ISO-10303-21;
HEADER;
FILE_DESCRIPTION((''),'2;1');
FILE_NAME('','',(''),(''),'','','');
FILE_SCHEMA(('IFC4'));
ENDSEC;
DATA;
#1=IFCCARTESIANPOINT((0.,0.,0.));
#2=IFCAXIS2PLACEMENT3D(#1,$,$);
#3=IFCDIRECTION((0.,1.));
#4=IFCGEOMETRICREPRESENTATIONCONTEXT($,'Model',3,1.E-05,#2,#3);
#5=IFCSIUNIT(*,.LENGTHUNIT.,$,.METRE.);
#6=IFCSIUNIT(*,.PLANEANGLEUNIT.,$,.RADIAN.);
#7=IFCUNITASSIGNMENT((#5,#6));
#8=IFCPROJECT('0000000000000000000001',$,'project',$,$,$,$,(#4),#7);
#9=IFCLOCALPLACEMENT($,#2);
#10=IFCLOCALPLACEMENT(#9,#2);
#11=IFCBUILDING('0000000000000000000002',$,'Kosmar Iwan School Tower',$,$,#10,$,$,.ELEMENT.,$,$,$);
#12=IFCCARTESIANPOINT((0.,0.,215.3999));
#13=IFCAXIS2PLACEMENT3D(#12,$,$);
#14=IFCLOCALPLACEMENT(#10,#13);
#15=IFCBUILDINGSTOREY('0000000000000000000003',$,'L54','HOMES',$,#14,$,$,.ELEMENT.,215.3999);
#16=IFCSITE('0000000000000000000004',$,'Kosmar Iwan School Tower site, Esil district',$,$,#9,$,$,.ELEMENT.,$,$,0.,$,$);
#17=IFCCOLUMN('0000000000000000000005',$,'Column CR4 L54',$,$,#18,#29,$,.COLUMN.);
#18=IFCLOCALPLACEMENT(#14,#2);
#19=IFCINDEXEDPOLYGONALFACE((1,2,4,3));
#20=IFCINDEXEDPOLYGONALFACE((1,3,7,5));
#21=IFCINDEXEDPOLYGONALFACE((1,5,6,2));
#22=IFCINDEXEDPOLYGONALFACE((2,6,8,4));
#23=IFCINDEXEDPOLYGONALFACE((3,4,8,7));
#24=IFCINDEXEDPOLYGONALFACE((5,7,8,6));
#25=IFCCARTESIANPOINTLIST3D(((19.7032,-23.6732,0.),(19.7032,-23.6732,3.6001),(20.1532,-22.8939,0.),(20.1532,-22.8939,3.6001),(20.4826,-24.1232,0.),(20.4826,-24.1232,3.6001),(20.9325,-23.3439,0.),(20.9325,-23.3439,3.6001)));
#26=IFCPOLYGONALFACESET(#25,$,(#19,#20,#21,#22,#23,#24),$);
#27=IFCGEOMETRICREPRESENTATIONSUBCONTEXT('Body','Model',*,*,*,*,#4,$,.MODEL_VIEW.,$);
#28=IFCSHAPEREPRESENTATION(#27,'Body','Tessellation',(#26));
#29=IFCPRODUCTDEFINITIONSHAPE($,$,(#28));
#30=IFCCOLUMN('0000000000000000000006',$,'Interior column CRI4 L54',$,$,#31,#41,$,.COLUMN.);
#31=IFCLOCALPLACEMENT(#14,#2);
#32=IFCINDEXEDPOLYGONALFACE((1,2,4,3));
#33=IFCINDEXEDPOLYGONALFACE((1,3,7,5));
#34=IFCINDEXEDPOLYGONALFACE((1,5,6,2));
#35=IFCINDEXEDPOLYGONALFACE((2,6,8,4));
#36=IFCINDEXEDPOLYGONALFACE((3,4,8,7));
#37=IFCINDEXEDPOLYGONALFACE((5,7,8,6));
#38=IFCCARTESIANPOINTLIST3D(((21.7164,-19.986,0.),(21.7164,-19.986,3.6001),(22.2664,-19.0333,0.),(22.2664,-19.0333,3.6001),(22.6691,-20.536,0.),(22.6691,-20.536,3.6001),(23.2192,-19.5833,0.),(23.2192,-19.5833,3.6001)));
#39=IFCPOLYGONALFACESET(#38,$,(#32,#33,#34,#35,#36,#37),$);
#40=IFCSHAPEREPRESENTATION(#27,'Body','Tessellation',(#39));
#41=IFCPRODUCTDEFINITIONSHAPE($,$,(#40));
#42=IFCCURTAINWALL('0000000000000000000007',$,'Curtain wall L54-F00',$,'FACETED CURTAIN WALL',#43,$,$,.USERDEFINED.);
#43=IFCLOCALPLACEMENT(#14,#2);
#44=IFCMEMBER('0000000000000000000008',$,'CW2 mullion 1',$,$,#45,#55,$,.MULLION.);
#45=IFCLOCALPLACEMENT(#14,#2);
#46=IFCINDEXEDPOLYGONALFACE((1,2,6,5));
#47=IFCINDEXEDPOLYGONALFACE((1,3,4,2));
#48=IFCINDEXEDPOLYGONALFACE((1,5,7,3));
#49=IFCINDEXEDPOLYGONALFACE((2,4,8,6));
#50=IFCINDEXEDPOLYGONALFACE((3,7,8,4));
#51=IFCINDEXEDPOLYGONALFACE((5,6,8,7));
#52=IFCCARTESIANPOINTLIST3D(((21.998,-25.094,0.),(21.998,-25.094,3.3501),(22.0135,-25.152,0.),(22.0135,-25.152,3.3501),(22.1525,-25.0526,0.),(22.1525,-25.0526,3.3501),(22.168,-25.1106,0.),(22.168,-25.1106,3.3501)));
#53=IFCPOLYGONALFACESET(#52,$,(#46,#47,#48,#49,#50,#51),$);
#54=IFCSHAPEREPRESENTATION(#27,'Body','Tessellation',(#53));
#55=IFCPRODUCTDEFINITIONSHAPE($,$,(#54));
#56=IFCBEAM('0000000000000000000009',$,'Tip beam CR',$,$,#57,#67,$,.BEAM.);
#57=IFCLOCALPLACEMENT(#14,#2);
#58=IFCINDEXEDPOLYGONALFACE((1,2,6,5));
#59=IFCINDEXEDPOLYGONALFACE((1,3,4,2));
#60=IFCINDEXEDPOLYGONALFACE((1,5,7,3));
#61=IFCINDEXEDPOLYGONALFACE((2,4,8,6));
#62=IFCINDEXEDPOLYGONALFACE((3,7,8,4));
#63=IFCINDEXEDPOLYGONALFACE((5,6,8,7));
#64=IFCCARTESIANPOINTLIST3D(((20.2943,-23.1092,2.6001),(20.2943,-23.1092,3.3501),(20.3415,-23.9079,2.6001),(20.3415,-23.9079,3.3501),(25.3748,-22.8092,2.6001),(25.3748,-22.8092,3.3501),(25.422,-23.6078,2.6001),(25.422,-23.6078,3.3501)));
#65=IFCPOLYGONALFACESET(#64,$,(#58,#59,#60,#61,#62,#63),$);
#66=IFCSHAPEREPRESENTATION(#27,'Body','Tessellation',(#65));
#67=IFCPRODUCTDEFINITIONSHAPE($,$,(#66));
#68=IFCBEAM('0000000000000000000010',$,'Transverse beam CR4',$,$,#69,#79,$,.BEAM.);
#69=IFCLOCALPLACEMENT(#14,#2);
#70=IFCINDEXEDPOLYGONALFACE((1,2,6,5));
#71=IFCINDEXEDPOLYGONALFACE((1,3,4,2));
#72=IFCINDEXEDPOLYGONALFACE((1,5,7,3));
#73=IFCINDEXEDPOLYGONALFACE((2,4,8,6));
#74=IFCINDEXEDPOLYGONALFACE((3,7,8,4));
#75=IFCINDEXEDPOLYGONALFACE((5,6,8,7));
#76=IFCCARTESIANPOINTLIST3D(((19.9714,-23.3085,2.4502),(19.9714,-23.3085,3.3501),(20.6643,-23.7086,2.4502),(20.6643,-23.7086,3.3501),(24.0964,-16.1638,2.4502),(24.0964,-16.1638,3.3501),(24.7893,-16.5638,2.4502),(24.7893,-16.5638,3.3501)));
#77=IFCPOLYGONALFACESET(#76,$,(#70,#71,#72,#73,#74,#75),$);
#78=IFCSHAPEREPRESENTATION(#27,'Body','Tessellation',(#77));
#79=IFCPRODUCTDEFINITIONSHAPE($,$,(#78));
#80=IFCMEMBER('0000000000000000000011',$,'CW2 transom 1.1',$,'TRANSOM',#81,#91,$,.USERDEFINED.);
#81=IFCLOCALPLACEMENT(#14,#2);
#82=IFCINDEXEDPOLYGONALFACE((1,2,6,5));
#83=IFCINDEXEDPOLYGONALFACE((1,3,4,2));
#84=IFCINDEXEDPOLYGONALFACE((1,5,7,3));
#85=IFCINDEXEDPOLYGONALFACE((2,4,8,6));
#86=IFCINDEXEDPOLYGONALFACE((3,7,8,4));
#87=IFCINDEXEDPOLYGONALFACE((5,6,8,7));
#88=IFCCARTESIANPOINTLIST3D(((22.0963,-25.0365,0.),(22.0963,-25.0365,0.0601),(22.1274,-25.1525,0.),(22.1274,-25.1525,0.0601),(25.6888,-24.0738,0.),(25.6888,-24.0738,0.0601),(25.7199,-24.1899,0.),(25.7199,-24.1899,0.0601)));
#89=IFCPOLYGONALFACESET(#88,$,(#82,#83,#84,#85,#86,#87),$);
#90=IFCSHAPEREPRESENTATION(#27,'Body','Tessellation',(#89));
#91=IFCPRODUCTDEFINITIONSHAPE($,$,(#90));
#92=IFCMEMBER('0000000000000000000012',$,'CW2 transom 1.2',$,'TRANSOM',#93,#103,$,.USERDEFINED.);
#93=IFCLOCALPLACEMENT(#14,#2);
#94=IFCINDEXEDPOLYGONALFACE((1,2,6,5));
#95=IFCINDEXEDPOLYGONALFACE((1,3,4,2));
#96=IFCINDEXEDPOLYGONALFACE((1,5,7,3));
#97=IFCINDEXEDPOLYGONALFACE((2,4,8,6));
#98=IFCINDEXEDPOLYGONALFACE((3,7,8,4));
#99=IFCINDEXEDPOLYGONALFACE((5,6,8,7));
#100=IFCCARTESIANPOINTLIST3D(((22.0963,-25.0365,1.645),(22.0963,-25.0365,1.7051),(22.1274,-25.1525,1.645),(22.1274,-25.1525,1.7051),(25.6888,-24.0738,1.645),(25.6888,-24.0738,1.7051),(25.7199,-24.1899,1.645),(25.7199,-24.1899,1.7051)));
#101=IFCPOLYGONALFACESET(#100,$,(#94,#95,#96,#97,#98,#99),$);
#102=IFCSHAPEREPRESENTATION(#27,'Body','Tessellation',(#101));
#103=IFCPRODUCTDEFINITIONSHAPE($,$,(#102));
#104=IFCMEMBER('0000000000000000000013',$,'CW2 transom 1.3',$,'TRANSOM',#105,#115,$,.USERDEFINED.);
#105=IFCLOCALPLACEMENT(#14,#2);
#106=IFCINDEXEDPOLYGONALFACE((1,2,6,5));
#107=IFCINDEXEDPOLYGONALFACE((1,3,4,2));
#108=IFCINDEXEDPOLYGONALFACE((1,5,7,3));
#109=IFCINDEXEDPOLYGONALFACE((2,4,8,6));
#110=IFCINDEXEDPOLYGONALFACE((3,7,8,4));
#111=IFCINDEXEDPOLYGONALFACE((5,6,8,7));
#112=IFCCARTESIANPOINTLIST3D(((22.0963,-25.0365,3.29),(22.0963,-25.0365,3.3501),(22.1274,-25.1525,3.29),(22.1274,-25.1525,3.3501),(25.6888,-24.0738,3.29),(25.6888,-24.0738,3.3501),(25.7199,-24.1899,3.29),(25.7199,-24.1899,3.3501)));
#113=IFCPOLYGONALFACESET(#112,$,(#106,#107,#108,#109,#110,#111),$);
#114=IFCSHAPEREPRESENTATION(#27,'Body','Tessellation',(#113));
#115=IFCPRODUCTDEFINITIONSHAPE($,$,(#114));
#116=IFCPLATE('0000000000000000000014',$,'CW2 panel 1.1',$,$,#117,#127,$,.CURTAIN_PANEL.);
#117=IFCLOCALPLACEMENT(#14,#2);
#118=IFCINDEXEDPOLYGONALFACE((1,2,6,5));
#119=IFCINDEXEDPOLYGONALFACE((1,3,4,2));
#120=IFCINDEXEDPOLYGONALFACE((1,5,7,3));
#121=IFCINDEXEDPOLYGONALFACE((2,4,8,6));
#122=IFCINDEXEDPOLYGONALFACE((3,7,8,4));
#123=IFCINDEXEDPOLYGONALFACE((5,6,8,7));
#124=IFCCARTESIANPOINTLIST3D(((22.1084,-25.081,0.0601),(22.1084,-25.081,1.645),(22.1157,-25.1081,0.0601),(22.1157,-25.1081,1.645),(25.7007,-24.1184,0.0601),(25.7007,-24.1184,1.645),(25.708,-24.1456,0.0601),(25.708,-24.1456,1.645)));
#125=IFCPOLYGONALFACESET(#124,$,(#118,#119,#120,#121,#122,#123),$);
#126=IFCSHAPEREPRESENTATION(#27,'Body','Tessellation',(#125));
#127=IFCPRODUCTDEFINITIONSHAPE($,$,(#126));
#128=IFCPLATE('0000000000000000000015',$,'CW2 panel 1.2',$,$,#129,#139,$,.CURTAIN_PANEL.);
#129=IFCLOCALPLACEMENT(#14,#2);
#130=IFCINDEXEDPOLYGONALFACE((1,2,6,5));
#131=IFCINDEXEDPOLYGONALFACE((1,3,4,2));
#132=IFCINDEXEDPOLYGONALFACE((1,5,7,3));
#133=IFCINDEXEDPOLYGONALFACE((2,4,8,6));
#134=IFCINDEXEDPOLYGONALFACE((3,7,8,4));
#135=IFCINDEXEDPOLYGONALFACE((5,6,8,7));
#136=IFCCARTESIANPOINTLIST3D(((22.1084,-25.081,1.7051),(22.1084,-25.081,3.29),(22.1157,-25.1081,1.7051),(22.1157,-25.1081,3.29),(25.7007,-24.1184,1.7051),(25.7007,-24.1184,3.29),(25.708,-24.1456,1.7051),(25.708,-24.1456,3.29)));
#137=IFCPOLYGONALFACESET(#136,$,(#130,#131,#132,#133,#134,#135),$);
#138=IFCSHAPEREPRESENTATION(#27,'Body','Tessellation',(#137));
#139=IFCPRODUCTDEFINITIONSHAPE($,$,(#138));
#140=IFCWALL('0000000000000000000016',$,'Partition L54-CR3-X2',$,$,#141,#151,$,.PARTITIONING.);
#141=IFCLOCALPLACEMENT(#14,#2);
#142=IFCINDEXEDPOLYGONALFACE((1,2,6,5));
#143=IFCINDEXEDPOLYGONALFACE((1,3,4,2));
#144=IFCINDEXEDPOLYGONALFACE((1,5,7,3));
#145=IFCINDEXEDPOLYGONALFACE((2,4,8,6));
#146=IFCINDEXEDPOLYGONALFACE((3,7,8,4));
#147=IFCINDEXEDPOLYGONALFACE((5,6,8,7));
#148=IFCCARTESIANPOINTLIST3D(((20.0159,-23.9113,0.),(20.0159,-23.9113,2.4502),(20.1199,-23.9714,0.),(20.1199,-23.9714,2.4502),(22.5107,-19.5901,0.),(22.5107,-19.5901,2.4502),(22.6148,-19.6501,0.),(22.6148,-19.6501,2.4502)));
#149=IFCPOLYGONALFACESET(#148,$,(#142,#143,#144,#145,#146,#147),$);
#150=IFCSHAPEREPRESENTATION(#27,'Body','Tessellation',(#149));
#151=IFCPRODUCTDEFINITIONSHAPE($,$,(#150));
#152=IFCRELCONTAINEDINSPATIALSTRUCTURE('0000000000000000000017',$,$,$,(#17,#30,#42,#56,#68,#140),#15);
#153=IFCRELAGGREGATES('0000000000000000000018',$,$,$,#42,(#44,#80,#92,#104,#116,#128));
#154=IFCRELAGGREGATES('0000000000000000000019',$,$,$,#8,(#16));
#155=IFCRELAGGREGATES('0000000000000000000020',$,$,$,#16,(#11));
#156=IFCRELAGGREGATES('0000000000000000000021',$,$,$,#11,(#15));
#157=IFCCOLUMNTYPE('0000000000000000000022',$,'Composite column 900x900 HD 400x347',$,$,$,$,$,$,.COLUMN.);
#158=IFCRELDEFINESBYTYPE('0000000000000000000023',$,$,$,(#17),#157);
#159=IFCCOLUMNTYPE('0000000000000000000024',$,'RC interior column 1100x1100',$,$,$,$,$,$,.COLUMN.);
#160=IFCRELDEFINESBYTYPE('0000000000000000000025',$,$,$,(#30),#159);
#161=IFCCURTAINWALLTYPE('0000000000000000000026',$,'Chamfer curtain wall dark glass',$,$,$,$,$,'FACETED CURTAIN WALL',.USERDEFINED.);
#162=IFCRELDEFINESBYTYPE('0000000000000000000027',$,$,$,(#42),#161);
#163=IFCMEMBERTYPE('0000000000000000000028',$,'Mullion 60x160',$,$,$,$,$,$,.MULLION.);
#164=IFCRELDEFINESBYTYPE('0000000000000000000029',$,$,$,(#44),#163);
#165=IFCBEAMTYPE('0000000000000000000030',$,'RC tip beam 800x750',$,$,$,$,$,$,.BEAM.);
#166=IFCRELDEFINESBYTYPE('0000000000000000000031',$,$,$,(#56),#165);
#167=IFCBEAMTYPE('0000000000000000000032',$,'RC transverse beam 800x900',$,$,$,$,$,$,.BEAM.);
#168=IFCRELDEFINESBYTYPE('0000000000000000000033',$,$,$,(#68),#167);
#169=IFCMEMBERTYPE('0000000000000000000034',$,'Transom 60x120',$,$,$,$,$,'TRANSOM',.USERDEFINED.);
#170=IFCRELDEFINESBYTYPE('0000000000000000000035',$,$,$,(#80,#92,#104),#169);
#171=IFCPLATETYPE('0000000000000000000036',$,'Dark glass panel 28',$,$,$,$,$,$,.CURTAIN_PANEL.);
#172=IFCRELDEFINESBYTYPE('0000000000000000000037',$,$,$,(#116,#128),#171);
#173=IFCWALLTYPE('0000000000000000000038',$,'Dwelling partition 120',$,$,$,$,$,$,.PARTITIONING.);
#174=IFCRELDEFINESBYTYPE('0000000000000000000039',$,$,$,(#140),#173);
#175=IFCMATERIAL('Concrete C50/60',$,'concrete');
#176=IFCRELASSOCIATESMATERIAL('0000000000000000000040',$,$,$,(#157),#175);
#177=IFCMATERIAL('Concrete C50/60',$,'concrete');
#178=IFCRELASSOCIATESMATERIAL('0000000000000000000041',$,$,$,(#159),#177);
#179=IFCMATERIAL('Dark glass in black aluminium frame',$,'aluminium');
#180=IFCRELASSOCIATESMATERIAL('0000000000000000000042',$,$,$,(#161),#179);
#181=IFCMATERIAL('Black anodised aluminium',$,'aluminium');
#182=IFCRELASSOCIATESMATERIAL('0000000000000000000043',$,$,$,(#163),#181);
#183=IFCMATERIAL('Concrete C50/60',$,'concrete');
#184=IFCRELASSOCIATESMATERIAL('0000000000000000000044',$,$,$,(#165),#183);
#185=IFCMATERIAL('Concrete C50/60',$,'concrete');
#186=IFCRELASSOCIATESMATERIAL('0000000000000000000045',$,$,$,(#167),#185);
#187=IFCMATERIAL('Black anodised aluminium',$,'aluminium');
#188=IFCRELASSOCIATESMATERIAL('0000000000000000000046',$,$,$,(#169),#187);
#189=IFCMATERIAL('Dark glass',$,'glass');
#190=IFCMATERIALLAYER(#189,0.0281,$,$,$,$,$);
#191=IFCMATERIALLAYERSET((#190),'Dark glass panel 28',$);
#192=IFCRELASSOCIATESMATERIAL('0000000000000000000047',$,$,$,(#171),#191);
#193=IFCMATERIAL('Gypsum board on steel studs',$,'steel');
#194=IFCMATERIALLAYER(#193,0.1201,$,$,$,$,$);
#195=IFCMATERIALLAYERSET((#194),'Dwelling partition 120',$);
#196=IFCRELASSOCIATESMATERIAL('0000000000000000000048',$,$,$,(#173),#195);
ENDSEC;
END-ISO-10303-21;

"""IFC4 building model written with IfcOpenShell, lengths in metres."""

from ifc_helpers import new_model, si_unit, direction, frame, frame_2d, origin, origin_2d, place, context, subcontext, project, spatial, rectangle, extrude, material, layer, layer_set, material_profile, profile_set, type_object, element, aggregate, save


model = new_model("IFC4")

# Units and contexts
model_context = context("Model", 3, precision=1e-05, world=origin(), true_north=direction((0.0, 1.0)))
body_context = subcontext(model_context, "Body", "Model", "MODEL_VIEW")
ifc_project = project(units=[si_unit("LENGTHUNIT", "METRE"), si_unit("PLANEANGLEUNIT", "RADIAN")], contexts=[model_context])

# Site, building, storey
site_placement = place(None, origin())
site = spatial("IfcSite", under=ifc_project, at=site_placement, Name="Kosmar Iwan School Tower site, Esil district", CompositionType="ELEMENT", RefElevation=0.0)
building_placement = place(site_placement, origin())
building = spatial("IfcBuilding", under=site, at=building_placement, Name="Kosmar Iwan School Tower", CompositionType="ELEMENT")
storey_placement = place(building_placement, frame((0.0, 0.0, 215.3999)))
storey = spatial("IfcBuildingStorey", under=building, at=storey_placement, Name="L54", Description="HOMES", CompositionType="ELEMENT", Elevation=215.3999)

# Columns
ifc_material_1 = material(Name="Concrete C50/60", Category="concrete")
ifc_material_profile_1 = material_profile(ifc_material_1, rectangle(XDim=0.8999, YDim=0.8999, at=origin_2d()), Name="RC 900x900 + HD 400x347")
ifc_profile_set_1 = profile_set([ifc_material_profile_1], Name="Concrete C50/60")
column_type_1 = type_object("IfcColumnType", Name="Composite column 900x900 HD 400x347", PredefinedType="COLUMN", material=ifc_profile_set_1)
column_1_placement = place(storey_placement, frame((20.3179, -23.5085, 0.0), z_axis=(0.0, 0.0, 1.0), x_axis=(0.866025, -0.5, 0.0)))
element("IfcColumn", 1, at=column_1_placement, inside=storey, type_object=column_type_1, Name="Column CR4 L54", PredefinedType="COLUMN", context=body_context, shape_type="SweptSolid", body=[
    extrude(rectangle(XDim=0.8999, YDim=0.8999, at=origin_2d()), origin(), (0.0, 0.0, 1.0), 3.6001),
])
ifc_material_2 = material(Name="Concrete C50/60", Category="concrete")
ifc_material_profile_2 = material_profile(ifc_material_2, rectangle(XDim=1.1001, YDim=1.1001, at=origin_2d()), Name="RC 1100x1100")
ifc_profile_set_2 = profile_set([ifc_material_profile_2], Name="Concrete C50/60")
column_type_2 = type_object("IfcColumnType", Name="RC interior column 1100x1100", PredefinedType="COLUMN", material=ifc_profile_set_2)
column_2_placement = place(storey_placement, frame((22.4678, -19.7847, 0.0), z_axis=(0.0, 0.0, 1.0), x_axis=(0.866025, -0.5, 0.0)))
element("IfcColumn", 2, at=column_2_placement, inside=storey, type_object=column_type_2, Name="Interior column CRI4 L54", PredefinedType="COLUMN", context=body_context, shape_type="SweptSolid", body=[
    extrude(rectangle(XDim=1.1001, YDim=1.1001, at=origin_2d()), origin(), (0.0, 0.0, 1.0), 3.6001),
])

# Curtain wall, member
ifc_material_3 = material(Name="Dark glass in black aluminium frame", Category="aluminium")
curtain_wall_type = type_object("IfcCurtainWallType", Name="Chamfer curtain wall dark glass", ElementType="FACETED CURTAIN WALL", PredefinedType="USERDEFINED", material=ifc_material_3)
curtain_wall_placement = place(storey_placement, origin())
curtain_wall = element("IfcCurtainWall", 3, at=curtain_wall_placement, inside=storey, type_object=curtain_wall_type, Name="Curtain wall L54-F00", ObjectType="FACETED CURTAIN WALL", PredefinedType="USERDEFINED")
ifc_material_4 = material(Name="Black anodised aluminium", Category="aluminium")
ifc_material_profile_3 = material_profile(ifc_material_4, rectangle(XDim=0.0601, YDim=0.1599, at=origin_2d()), Name="MULLION 60x160")
ifc_profile_set_3 = profile_set([ifc_material_profile_3], Name="Black anodised aluminium")
member_type_1 = type_object("IfcMemberType", Name="Mullion 60x160", PredefinedType="MULLION", material=ifc_profile_set_3)
member_1_placement = place(storey_placement, frame((22.083, -25.1023, 0.0), z_axis=(0.0, 0.0, 1.0), x_axis=(-0.258819, 0.965926, 0.0)))
member_1 = element("IfcMember", 4, at=member_1_placement, type_object=member_type_1, Name="CW2 mullion 1", PredefinedType="MULLION", context=body_context, shape_type="SweptSolid", body=[
    extrude(rectangle(XDim=0.0601, YDim=0.1599, at=origin_2d()), origin(), (0.0, 0.0, 1.0), 3.3501),
])

# Beams
ifc_material_5 = material(Name="Concrete C50/60", Category="concrete")
ifc_material_profile_4 = material_profile(ifc_material_5, rectangle(XDim=0.8, YDim=0.75, at=origin_2d()), Name="RC 800x750")
ifc_profile_set_4 = profile_set([ifc_material_profile_4], Name="Concrete C50/60")
beam_type_1 = type_object("IfcBeamType", Name="RC tip beam 800x750", PredefinedType="BEAM", material=ifc_profile_set_4)
beam_1_placement = place(storey_placement, frame((20.3179, -23.5085, 2.9751), z_axis=(0.998261, 0.058955, 0.0), x_axis=(-0.058955, 0.998261, 0.0)))
element("IfcBeam", 5, at=beam_1_placement, inside=storey, type_object=beam_type_1, Name="Tip beam CR", PredefinedType="BEAM", context=body_context, shape_type="SweptSolid", body=[
    extrude(rectangle(XDim=0.8, YDim=0.75, at=origin_2d()), origin(), (0.0, 0.0, 1.0), 5.0894),
])
ifc_material_6 = material(Name="Concrete C50/60", Category="concrete")
ifc_material_profile_5 = material_profile(ifc_material_6, rectangle(XDim=0.8, YDim=0.8999, at=origin_2d()), Name="RC 800x900")
ifc_profile_set_5 = profile_set([ifc_material_profile_5], Name="Concrete C50/60")
beam_type_2 = type_object("IfcBeamType", Name="RC transverse beam 800x900", PredefinedType="BEAM", material=ifc_profile_set_5)
beam_2_placement = place(storey_placement, frame((20.3179, -23.5085, 2.9001), z_axis=(0.499997, 0.866027, 0.0), x_axis=(-0.866027, 0.499997, 0.0)))
element("IfcBeam", 6, at=beam_2_placement, inside=storey, type_object=beam_type_2, Name="Transverse beam CR4", PredefinedType="BEAM", context=body_context, shape_type="SweptSolid", body=[
    extrude(rectangle(XDim=0.8, YDim=0.8999, at=origin_2d()), origin(), (0.0, 0.0, 1.0), 8.25),
])

# Members
ifc_material_7 = material(Name="Black anodised aluminium", Category="aluminium")
ifc_material_profile_6 = material_profile(ifc_material_7, rectangle(XDim=0.1201, YDim=0.0601, at=origin_2d()), Name="TRANSOM 60x120")
ifc_profile_set_6 = profile_set([ifc_material_profile_6], Name="Black anodised aluminium")
member_type_2 = type_object("IfcMemberType", Name="Transom 60x120", ElementType="TRANSOM", PredefinedType="USERDEFINED", material=ifc_profile_set_6)
member_2_placement = place(storey_placement, frame((22.1118, -25.0945, 0.03), z_axis=(0.965924, 0.258827, 0.0), x_axis=(-0.258827, 0.965924, 0.0)))
member_2 = element("IfcMember", 7, at=member_2_placement, type_object=member_type_2, Name="CW2 transom 1.1", ObjectType="TRANSOM", PredefinedType="USERDEFINED", context=body_context, shape_type="SweptSolid", body=[
    extrude(rectangle(XDim=0.1201, YDim=0.0601, at=origin_2d()), origin(), (0.0, 0.0, 1.0), 3.7192),
])
member_3_placement = place(storey_placement, frame((22.1118, -25.0945, 1.675), z_axis=(0.965924, 0.258827, 0.0), x_axis=(-0.258827, 0.965924, 0.0)))
member_3 = element("IfcMember", 8, at=member_3_placement, type_object=member_type_2, Name="CW2 transom 1.2", ObjectType="TRANSOM", PredefinedType="USERDEFINED", context=body_context, shape_type="SweptSolid", body=[
    extrude(rectangle(XDim=0.1201, YDim=0.0601, at=origin_2d()), origin(), (0.0, 0.0, 1.0), 3.7192),
])
member_4_placement = place(storey_placement, frame((22.1118, -25.0945, 3.3201), z_axis=(0.965924, 0.258827, 0.0), x_axis=(-0.258827, 0.965924, 0.0)))
member_4 = element("IfcMember", 9, at=member_4_placement, type_object=member_type_2, Name="CW2 transom 1.3", ObjectType="TRANSOM", PredefinedType="USERDEFINED", context=body_context, shape_type="SweptSolid", body=[
    extrude(rectangle(XDim=0.1201, YDim=0.0601, at=origin_2d()), origin(), (0.0, 0.0, 1.0), 3.7192),
])

# Plates
ifc_material_8 = material(Name="Dark glass", Category="glass")
ifc_layer_1 = layer(ifc_material_8, 0.0281)
ifc_layer_set_1 = layer_set([ifc_layer_1], Name="Dark glass panel 28")
plate_type = type_object("IfcPlateType", Name="Dark glass panel 28", PredefinedType="CURTAIN_PANEL", material=ifc_layer_set_1)
plate_1_placement = place(storey_placement, frame((23.9082, -24.6133, 0.0601), z_axis=(0.0, 0.0, 1.0), x_axis=(0.965926, 0.258819, 0.0)))
plate_1 = element("IfcPlate", 10, at=plate_1_placement, type_object=plate_type, Name="CW2 panel 1.1", PredefinedType="CURTAIN_PANEL", context=body_context, shape_type="SweptSolid", body=[
    extrude(rectangle(XDim=3.719, YDim=0.0281, at=origin_2d()), origin(), (0.0, 0.0, 1.0), 1.585),
])
plate_2_placement = place(storey_placement, frame((23.9082, -24.6133, 1.7051), z_axis=(0.0, 0.0, 1.0), x_axis=(0.965926, 0.258819, 0.0)))
plate_2 = element("IfcPlate", 11, at=plate_2_placement, type_object=plate_type, Name="CW2 panel 1.2", PredefinedType="CURTAIN_PANEL", context=body_context, shape_type="SweptSolid", body=[
    extrude(rectangle(XDim=3.719, YDim=0.0281, at=origin_2d()), origin(), (0.0, 0.0, 1.0), 1.585),
])
aggregate(curtain_wall, [member_1, member_2, member_3, member_4, plate_1, plate_2])

# Wall
ifc_material_9 = material(Name="Gypsum board on steel studs", Category="steel")
ifc_layer_2 = layer(ifc_material_9, 0.1201)
ifc_layer_set_2 = layer_set([ifc_layer_2], Name="Dwelling partition 120")
wall_type = type_object("IfcWallType", Name="Dwelling partition 120", PredefinedType="PARTITIONING", material=ifc_layer_set_2)
wall_placement = place(storey_placement, frame((22.5627, -19.6201, 0.0), z_axis=(0.0, 0.0, 1.0), x_axis=(-0.499996, -0.866028, 0.0)))
element("IfcWall", 12, at=wall_placement, inside=storey, type_object=wall_type, Name="Partition L54-CR3-X2", PredefinedType="PARTITIONING", context=body_context, shape_type="SweptSolid", body=[
    extrude(rectangle(XDim=4.9897, YDim=0.1201, at=frame_2d((2.4949, 0.0))), origin(), (0.0, 0.0, 1.0), 2.4502),
])

save(model, "model.ifc")
